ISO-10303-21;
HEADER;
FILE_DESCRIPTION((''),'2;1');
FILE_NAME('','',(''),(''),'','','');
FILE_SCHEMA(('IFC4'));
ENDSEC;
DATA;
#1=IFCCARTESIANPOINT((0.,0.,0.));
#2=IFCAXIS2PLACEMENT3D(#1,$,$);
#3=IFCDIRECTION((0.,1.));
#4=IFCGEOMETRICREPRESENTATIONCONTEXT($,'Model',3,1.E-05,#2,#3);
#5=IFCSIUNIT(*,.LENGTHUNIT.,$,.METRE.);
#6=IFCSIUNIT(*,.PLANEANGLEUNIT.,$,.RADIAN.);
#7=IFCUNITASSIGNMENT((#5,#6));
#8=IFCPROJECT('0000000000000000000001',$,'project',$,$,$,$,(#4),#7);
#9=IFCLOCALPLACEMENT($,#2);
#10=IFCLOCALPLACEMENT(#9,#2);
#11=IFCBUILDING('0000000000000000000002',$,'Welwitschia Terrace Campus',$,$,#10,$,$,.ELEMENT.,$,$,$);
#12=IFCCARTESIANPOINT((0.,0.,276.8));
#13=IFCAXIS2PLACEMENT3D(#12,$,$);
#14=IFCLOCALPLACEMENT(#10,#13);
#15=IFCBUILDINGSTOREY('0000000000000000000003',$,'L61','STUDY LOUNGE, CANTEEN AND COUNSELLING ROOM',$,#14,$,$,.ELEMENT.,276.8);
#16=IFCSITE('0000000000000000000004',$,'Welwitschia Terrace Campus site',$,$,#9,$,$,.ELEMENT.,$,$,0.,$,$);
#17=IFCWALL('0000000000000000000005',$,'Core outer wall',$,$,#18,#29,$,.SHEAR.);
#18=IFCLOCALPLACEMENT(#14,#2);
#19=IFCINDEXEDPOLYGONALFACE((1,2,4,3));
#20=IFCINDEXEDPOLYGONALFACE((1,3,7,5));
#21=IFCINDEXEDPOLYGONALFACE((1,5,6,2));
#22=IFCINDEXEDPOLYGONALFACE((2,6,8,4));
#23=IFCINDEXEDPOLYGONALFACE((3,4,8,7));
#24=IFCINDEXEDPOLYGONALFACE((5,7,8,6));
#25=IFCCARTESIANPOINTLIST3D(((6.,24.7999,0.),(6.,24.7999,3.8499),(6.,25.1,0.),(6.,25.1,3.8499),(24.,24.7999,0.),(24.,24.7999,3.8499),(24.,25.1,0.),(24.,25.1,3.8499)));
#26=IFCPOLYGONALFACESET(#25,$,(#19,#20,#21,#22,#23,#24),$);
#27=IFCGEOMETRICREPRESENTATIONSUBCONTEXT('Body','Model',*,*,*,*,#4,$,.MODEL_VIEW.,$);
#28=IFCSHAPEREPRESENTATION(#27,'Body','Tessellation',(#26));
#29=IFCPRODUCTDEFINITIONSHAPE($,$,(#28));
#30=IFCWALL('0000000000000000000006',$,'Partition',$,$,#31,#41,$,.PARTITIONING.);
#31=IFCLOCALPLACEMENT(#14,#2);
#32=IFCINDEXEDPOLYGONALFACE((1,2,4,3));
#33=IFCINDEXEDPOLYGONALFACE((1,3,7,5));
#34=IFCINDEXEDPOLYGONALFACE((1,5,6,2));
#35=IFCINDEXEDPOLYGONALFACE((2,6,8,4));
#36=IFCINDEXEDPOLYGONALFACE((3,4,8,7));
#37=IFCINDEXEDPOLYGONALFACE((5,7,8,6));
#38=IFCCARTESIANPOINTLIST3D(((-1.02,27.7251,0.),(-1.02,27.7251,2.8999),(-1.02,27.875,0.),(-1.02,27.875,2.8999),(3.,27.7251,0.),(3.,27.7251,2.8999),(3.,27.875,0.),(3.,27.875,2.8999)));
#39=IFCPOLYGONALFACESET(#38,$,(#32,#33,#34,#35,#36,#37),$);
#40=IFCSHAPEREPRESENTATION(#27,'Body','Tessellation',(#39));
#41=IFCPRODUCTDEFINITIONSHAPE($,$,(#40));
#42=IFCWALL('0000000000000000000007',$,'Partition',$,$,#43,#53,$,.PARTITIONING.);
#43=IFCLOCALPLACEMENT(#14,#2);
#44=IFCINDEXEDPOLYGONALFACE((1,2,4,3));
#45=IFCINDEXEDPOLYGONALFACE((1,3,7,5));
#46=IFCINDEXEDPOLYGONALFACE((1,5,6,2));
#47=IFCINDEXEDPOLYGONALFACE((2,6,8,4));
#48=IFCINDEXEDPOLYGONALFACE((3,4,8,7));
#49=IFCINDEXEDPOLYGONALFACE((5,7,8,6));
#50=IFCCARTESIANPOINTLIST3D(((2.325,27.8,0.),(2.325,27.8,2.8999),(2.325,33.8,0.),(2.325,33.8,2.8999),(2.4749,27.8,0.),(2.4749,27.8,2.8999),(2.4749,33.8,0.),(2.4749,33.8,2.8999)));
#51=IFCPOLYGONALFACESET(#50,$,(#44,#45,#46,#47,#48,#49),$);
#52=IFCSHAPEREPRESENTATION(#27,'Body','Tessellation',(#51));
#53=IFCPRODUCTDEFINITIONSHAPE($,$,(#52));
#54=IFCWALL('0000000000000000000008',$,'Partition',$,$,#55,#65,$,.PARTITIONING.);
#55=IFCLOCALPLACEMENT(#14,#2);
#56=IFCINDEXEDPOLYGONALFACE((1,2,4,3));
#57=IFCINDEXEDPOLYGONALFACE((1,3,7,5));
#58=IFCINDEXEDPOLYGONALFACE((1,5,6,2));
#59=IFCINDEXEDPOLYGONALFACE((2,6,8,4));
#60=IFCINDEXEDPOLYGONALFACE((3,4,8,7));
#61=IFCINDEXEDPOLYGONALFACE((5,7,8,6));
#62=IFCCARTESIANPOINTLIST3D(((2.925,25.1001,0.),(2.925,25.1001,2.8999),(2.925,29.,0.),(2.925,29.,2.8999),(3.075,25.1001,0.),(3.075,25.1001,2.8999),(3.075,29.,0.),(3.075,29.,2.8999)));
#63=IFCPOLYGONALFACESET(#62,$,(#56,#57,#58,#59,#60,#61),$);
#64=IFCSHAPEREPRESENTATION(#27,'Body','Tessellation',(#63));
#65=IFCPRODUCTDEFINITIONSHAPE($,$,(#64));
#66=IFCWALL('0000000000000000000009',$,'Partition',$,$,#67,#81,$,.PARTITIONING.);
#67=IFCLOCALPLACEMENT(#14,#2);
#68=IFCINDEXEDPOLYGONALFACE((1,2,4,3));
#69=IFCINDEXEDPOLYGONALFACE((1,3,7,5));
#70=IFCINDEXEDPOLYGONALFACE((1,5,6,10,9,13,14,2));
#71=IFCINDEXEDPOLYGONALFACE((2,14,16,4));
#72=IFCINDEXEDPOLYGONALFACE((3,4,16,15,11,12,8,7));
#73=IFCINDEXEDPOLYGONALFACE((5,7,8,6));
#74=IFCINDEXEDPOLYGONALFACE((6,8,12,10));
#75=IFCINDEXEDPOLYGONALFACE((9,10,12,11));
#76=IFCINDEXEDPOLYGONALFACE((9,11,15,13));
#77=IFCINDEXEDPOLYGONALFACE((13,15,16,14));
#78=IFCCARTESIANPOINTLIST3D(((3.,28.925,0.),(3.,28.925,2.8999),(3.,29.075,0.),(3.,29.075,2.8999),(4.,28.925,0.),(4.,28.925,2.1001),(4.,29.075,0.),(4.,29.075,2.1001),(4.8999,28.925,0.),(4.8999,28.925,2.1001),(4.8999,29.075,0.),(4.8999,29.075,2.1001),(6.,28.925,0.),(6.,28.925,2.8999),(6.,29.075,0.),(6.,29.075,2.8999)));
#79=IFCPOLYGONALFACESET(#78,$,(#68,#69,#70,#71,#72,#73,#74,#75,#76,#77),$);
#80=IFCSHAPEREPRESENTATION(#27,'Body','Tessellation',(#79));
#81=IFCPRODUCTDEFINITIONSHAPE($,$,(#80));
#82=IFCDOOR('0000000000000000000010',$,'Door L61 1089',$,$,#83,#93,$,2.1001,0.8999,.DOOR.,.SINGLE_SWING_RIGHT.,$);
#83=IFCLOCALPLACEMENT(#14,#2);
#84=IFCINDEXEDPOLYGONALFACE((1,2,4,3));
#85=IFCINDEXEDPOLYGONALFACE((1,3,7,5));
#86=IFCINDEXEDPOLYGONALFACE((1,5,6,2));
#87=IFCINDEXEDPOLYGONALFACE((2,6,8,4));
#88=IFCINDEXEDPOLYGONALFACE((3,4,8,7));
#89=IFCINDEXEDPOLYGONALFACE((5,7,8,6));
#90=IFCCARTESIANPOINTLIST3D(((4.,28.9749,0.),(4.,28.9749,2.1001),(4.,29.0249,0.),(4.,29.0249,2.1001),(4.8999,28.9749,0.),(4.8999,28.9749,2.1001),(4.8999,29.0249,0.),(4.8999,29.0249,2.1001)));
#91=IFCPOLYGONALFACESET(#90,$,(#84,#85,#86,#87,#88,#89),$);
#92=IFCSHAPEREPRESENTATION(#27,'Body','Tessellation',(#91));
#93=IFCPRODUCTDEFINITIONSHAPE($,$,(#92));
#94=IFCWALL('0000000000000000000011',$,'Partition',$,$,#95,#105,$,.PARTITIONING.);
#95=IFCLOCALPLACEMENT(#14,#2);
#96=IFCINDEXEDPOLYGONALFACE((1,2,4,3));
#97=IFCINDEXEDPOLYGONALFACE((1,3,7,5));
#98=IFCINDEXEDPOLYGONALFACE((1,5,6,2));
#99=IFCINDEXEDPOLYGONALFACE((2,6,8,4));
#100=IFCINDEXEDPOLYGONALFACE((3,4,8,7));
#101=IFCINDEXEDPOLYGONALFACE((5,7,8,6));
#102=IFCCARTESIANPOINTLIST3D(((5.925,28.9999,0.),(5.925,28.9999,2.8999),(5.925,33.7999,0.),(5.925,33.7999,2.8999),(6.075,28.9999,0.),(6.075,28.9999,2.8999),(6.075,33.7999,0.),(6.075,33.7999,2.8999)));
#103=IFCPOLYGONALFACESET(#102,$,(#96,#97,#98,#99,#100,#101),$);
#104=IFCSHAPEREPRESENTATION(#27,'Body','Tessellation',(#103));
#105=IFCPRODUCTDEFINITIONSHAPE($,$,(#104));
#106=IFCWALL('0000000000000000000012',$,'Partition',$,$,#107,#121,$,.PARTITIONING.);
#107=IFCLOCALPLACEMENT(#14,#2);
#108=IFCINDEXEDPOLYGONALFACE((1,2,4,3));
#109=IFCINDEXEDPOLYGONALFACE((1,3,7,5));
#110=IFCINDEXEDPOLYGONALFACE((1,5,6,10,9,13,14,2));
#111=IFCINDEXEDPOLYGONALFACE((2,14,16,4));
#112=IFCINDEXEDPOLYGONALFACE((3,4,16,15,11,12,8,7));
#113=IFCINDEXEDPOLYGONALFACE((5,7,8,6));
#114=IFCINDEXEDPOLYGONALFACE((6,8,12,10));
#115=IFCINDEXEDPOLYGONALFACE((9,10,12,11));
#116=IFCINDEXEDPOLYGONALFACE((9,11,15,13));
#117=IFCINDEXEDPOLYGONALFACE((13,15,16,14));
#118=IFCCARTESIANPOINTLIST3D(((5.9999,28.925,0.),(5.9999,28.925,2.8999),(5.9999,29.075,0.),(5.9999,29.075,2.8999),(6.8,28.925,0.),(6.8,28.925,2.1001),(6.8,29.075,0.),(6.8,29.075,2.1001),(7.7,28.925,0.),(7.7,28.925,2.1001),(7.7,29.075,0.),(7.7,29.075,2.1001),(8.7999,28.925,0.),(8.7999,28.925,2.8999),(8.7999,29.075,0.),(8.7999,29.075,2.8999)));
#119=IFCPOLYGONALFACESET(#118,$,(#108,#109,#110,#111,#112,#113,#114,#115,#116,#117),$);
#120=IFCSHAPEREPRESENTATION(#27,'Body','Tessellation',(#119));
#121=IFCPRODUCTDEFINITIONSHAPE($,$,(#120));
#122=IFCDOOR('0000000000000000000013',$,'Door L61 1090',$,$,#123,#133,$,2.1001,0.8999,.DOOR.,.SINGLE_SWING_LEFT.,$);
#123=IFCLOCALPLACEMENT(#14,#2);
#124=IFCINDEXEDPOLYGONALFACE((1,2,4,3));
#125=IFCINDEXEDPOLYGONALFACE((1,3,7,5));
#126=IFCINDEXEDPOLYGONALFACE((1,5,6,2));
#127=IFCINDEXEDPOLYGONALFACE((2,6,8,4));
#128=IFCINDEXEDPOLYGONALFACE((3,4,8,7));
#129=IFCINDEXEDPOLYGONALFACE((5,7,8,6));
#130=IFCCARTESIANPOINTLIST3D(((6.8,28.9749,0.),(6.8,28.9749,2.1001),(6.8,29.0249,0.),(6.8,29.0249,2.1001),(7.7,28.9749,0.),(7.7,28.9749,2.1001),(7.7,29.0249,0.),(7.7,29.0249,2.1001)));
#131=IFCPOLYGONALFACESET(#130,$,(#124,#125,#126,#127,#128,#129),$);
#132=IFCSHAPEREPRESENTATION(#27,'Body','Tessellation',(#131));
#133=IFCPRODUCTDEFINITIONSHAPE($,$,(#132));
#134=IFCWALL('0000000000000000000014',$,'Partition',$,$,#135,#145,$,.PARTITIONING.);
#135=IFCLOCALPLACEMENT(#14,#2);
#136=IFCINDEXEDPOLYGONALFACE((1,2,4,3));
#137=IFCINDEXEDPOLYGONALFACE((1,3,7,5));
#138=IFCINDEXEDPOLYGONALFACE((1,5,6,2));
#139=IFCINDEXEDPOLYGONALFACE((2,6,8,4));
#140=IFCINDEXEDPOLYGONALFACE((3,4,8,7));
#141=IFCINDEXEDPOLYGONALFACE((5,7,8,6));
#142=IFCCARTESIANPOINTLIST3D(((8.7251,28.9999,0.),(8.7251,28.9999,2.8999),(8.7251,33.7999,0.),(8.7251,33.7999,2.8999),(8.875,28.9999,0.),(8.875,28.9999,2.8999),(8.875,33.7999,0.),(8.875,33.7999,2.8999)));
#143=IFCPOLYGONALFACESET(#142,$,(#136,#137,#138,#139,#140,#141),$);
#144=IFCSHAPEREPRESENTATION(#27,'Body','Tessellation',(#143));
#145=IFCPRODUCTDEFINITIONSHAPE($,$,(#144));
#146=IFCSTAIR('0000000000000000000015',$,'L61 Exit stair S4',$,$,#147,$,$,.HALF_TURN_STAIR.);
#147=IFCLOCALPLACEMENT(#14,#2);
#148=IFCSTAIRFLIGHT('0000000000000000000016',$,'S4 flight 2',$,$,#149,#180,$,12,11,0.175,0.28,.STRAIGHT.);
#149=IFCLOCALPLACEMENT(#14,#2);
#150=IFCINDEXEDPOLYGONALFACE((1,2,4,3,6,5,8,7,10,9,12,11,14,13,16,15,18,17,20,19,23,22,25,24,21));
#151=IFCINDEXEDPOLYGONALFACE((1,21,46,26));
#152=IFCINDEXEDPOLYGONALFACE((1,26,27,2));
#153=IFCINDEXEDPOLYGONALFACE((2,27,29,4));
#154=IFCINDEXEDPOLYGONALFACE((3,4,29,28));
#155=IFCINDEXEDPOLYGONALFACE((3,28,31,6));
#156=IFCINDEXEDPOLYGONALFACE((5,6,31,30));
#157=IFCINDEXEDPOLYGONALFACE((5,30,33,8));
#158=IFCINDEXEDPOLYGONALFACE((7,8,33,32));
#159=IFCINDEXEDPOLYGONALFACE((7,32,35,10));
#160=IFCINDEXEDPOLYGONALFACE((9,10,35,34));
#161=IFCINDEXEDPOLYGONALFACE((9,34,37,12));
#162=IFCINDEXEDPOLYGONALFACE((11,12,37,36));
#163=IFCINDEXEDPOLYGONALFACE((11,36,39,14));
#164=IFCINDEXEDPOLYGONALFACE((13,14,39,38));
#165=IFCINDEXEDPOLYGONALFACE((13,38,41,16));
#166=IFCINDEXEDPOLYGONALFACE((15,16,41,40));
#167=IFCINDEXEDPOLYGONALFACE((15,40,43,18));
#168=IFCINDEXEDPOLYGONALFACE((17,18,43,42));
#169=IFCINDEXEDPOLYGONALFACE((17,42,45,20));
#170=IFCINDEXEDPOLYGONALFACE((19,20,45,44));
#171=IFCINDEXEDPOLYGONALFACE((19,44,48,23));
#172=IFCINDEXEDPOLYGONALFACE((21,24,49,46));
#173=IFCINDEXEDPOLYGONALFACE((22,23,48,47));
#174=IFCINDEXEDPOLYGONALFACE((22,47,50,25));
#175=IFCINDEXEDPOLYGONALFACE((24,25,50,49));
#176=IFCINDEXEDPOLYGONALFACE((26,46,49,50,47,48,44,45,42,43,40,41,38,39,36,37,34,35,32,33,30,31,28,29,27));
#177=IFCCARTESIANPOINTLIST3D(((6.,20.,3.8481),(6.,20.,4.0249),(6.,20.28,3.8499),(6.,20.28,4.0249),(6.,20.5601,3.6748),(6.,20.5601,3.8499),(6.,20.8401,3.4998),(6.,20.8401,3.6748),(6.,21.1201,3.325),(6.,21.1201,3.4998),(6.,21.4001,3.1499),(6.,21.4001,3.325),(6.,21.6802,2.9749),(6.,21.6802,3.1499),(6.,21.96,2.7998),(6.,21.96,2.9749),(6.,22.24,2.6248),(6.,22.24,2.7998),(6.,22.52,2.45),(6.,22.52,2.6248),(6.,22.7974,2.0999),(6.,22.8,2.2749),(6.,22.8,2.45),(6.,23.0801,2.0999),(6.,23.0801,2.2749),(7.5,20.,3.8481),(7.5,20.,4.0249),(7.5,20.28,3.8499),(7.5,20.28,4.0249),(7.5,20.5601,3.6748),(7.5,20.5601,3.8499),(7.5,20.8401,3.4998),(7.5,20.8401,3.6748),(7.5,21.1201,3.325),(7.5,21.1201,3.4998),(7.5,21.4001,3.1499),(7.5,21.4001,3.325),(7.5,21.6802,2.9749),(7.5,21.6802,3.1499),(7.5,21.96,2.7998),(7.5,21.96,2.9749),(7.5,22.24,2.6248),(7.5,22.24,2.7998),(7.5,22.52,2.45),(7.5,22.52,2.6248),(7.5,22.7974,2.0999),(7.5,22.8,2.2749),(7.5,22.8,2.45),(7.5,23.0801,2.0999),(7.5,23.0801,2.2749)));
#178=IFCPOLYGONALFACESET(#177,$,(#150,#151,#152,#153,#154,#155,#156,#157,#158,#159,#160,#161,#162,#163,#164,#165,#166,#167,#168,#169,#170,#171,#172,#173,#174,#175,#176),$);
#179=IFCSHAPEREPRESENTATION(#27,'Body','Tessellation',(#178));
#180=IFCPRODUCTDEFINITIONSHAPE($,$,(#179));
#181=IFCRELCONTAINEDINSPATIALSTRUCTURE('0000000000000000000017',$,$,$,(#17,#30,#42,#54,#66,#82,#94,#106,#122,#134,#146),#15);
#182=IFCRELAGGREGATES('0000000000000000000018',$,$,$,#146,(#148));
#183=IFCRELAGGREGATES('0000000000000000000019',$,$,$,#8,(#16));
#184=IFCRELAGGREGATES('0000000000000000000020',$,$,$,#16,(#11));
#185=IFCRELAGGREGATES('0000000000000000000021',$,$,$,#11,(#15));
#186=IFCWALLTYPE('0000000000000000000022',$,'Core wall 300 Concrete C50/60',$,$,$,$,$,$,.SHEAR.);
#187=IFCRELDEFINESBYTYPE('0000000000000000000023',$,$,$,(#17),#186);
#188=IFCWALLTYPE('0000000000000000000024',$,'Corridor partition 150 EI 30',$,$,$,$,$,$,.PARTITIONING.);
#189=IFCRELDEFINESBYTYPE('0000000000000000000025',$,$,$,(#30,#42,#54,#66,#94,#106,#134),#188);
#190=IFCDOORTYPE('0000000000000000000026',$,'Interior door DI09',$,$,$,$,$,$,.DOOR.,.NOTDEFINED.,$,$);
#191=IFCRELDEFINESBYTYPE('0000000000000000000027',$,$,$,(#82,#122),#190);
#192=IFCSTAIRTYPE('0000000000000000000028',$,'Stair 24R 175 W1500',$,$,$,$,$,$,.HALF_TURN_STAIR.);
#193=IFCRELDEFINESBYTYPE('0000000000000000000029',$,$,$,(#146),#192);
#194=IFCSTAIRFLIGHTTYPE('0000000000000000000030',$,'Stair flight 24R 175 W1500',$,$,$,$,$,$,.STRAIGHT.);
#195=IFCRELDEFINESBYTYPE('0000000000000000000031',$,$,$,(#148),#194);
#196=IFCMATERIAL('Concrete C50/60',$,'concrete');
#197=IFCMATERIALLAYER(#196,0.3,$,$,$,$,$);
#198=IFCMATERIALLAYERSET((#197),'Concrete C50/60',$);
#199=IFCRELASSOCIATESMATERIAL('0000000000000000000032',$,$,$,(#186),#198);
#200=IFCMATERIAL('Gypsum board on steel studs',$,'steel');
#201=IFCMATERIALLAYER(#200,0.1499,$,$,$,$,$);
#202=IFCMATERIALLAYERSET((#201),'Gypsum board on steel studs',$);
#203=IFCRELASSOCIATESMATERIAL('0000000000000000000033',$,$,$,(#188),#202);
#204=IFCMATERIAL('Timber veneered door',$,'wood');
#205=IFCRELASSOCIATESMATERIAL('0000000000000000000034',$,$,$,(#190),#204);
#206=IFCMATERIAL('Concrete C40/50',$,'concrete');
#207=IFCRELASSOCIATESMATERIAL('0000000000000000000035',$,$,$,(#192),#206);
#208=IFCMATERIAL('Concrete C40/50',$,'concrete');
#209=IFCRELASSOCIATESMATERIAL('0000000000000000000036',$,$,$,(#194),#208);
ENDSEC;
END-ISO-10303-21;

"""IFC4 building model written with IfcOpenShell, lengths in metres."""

from ifc_helpers import new_model, si_unit, direction, frame, frame_2d, origin, place, context, subcontext, project, spatial, polyline, rectangle, outline, extrude, material, layer, layer_set, type_object, element, fill, aggregate, save


model = new_model("IFC4")

# Units and contexts
model_context = context("Model", 3, precision=1e-05, world=origin(), true_north=direction((0.0, 1.0)))
body_context = subcontext(model_context, "Body", "Model", "MODEL_VIEW")
ifc_project = project(units=[si_unit("LENGTHUNIT", "METRE"), si_unit("PLANEANGLEUNIT", "RADIAN")], contexts=[model_context])

# Site, building, storey
site_placement = place(None, origin())
site = spatial("IfcSite", under=ifc_project, at=site_placement, Name="Welwitschia Terrace Campus site", CompositionType="ELEMENT", RefElevation=0.0)
building_placement = place(site_placement, origin())
building = spatial("IfcBuilding", under=site, at=building_placement, Name="Welwitschia Terrace Campus", CompositionType="ELEMENT")
storey_placement = place(building_placement, frame((0.0, 0.0, 276.8)))
storey = spatial("IfcBuildingStorey", under=building, at=storey_placement, Name="L61", Description="STUDY LOUNGE, CANTEEN AND COUNSELLING ROOM", CompositionType="ELEMENT", Elevation=276.8)

# Walls
ifc_material_1 = material(Name="Concrete C50/60", Category="concrete")
ifc_layer_1 = layer(ifc_material_1, 0.3)
ifc_layer_set_1 = layer_set([ifc_layer_1], Name="Concrete C50/60")
wall_type_1 = type_object("IfcWallType", Name="Core wall 300 Concrete C50/60", PredefinedType="SHEAR", material=ifc_layer_set_1)
wall_1_placement = place(storey_placement, frame((6.0, 24.95, 0.0), z_axis=(0.0, 0.0, 1.0), x_axis=(1.0, 0.0, 0.0)))
element("IfcWall", 1, at=wall_1_placement, inside=storey, type_object=wall_type_1, Name="Core outer wall", PredefinedType="SHEAR", context=body_context, shape_type="SweptSolid", body=[
    extrude(rectangle(XDim=18.0, YDim=0.3, at=frame_2d((9.0, 0.0))), origin(), (0.0, 0.0, 1.0), 3.8499),
])
ifc_material_2 = material(Name="Gypsum board on steel studs", Category="steel")
ifc_layer_2 = layer(ifc_material_2, 0.1499)
ifc_layer_set_2 = layer_set([ifc_layer_2], Name="Gypsum board on steel studs")
wall_type_2 = type_object("IfcWallType", Name="Corridor partition 150 EI 30", PredefinedType="PARTITIONING", material=ifc_layer_set_2)
wall_2_placement = place(storey_placement, frame((-1.02, 27.8, 0.0), z_axis=(0.0, 0.0, 1.0), x_axis=(1.0, 0.0, 0.0)))
element("IfcWall", 2, at=wall_2_placement, inside=storey, type_object=wall_type_2, Name="Partition", PredefinedType="PARTITIONING", context=body_context, shape_type="SweptSolid", body=[
    extrude(rectangle(XDim=4.02, YDim=0.1499, at=frame_2d((2.01, 0.0))), origin(), (0.0, 0.0, 1.0), 2.8999),
])
wall_3_placement = place(storey_placement, frame((2.3999, 27.8, 0.0), z_axis=(0.0, 0.0, 1.0), x_axis=(0.0, 1.0, 0.0)))
element("IfcWall", 3, at=wall_3_placement, inside=storey, type_object=wall_type_2, Name="Partition", PredefinedType="PARTITIONING", context=body_context, shape_type="SweptSolid", body=[
    extrude(rectangle(XDim=6.0, YDim=0.1499, at=frame_2d((3.0, 0.0))), origin(), (0.0, 0.0, 1.0), 2.8999),
])
wall_4_placement = place(storey_placement, frame((3.0, 25.1001, 0.0), z_axis=(0.0, 0.0, 1.0), x_axis=(0.0, 1.0, 0.0)))
element("IfcWall", 4, at=wall_4_placement, inside=storey, type_object=wall_type_2, Name="Partition", PredefinedType="PARTITIONING", context=body_context, shape_type="SweptSolid", body=[
    extrude(rectangle(XDim=3.8999, YDim=0.1499, at=frame_2d((1.95, 0.0))), origin(), (0.0, 0.0, 1.0), 2.8999),
])

# Wall, opening, door
wall_5_placement = place(storey_placement, frame((3.0, 29.0, 0.0), z_axis=(0.0, 0.0, 1.0), x_axis=(1.0, 0.0, 0.0)))
wall_5 = element("IfcWall", 5, at=wall_5_placement, inside=storey, type_object=wall_type_2, Name="Partition", PredefinedType="PARTITIONING", context=body_context, shape_type="SweptSolid", body=[
    extrude(rectangle(XDim=3.0, YDim=0.1499, at=frame_2d((1.5, 0.0))), origin(), (0.0, 0.0, 1.0), 2.8999),
])
opening_1_placement = place(wall_5_placement, frame((1.0, 0.0, 0.0)))
opening_1 = element("IfcOpeningElement", 6, at=opening_1_placement, cuts=wall_5, PredefinedType="OPENING", context=body_context, shape_type="SweptSolid", body=[
    extrude(rectangle(XDim=0.8999, YDim=2.1001, at=frame_2d((0.45, 1.05))), frame((0.0, 0.085, 0.0), z_axis=(0.0, -1.0, 0.0), x_axis=(1.0, 0.0, 0.0)), (0.0, 0.0, 1.0), 0.1699),
])
ifc_material_3 = material(Name="Timber veneered door", Category="wood")
door_type = type_object("IfcDoorType", Name="Interior door DI09", OperationType="NOTDEFINED", PredefinedType="DOOR", material=ifc_material_3)
door_1_placement = place(opening_1_placement, origin())
door_1 = element("IfcDoor", 7, at=door_1_placement, inside=storey, type_object=door_type, Name="Door L61 1089", OperationType="SINGLE_SWING_RIGHT", OverallHeight=2.1001, OverallWidth=0.8999, PredefinedType="DOOR", context=body_context, shape_type="SweptSolid", body=[
    extrude(rectangle(XDim=0.8999, YDim=2.1001, at=frame_2d((0.45, 1.05))), frame((0.0, 0.0249, 0.0), z_axis=(0.0, -1.0, 0.0), x_axis=(1.0, 0.0, 0.0)), (0.0, 0.0, 1.0), 0.05),
])
fill(opening_1, door_1)

# Wall
wall_6_placement = place(storey_placement, frame((6.0, 29.0, 0.0), z_axis=(0.0, 0.0, 1.0), x_axis=(0.0, 1.0, 0.0)))
element("IfcWall", 8, at=wall_6_placement, inside=storey, type_object=wall_type_2, Name="Partition", PredefinedType="PARTITIONING", context=body_context, shape_type="SweptSolid", body=[
    extrude(rectangle(XDim=4.8, YDim=0.1499, at=frame_2d((2.3999, 0.0))), origin(), (0.0, 0.0, 1.0), 2.8999),
])

# Wall, opening, door
wall_7_placement = place(storey_placement, frame((6.0, 29.0, 0.0), z_axis=(0.0, 0.0, 1.0), x_axis=(1.0, 0.0, 0.0)))
wall_7 = element("IfcWall", 9, at=wall_7_placement, inside=storey, type_object=wall_type_2, Name="Partition", PredefinedType="PARTITIONING", context=body_context, shape_type="SweptSolid", body=[
    extrude(rectangle(XDim=2.8, YDim=0.1499, at=frame_2d((1.3999, 0.0))), origin(), (0.0, 0.0, 1.0), 2.8999),
])
opening_2_placement = place(wall_7_placement, frame((0.8, 0.0, 0.0)))
opening_2 = element("IfcOpeningElement", 10, at=opening_2_placement, cuts=wall_7, PredefinedType="OPENING", context=body_context, shape_type="SweptSolid", body=[
    extrude(rectangle(XDim=0.8999, YDim=2.1001, at=frame_2d((0.45, 1.05))), frame((0.0, 0.085, 0.0), z_axis=(0.0, -1.0, 0.0), x_axis=(1.0, 0.0, 0.0)), (0.0, 0.0, 1.0), 0.1699),
])
door_2_placement = place(opening_2_placement, origin())
door_2 = element("IfcDoor", 11, at=door_2_placement, inside=storey, type_object=door_type, Name="Door L61 1090", OperationType="SINGLE_SWING_LEFT", OverallHeight=2.1001, OverallWidth=0.8999, PredefinedType="DOOR", context=body_context, shape_type="SweptSolid", body=[
    extrude(rectangle(XDim=0.8999, YDim=2.1001, at=frame_2d((0.45, 1.05))), frame((0.0, 0.0249, 0.0), z_axis=(0.0, -1.0, 0.0), x_axis=(1.0, 0.0, 0.0)), (0.0, 0.0, 1.0), 0.05),
])
fill(opening_2, door_2)

# Wall
wall_8_placement = place(storey_placement, frame((8.8, 29.0, 0.0), z_axis=(0.0, 0.0, 1.0), x_axis=(0.0, 1.0, 0.0)))
element("IfcWall", 12, at=wall_8_placement, inside=storey, type_object=wall_type_2, Name="Partition", PredefinedType="PARTITIONING", context=body_context, shape_type="SweptSolid", body=[
    extrude(rectangle(XDim=4.8, YDim=0.1499, at=frame_2d((2.3999, 0.0))), origin(), (0.0, 0.0, 1.0), 2.8999),
])

# Stair, stair flight
ifc_material_4 = material(Name="Concrete C40/50", Category="concrete")
stair_type = type_object("IfcStairType", Name="Stair 24R 175 W1500", PredefinedType="HALF_TURN_STAIR", material=ifc_material_4)
stair_placement = place(storey_placement, origin())
stair = element("IfcStair", 13, at=stair_placement, inside=storey, type_object=stair_type, Name="L61 Exit stair S4", PredefinedType="HALF_TURN_STAIR")
ifc_material_5 = material(Name="Concrete C40/50", Category="concrete")
stair_flight_type = type_object("IfcStairFlightType", Name="Stair flight 24R 175 W1500", PredefinedType="STRAIGHT", material=ifc_material_5)
stair_flight_placement = place(storey_placement, frame((6.75, 23.0801, 2.0999), z_axis=(0.0, 0.0, 1.0), x_axis=(0.0, -1.0, 0.0)))
stair_flight = element("IfcStairFlight", 14, at=stair_flight_placement, type_object=stair_flight_type, Name="S4 flight 2", NumberOfRisers=12, NumberOfTreads=11, PredefinedType="STRAIGHT", RiserHeight=0.175, TreadLength=0.28, context=body_context, shape_type="SweptSolid", body=[
    extrude(outline(polyline([(0.0, 0.0), (0.0, 0.175), (0.28, 0.175), (0.28, 0.3501), (0.5601, 0.3501), (0.5601, 0.5249), (0.8401, 0.5249), (0.8401, 0.7), (1.1201, 0.7), (1.1201, 0.875), (1.3999, 0.875), (1.3999, 1.05), (1.6799, 1.05), (1.6799, 1.2251), (1.96, 1.2251), (1.96, 1.3999), (2.24, 1.3999), (2.24, 1.575), (2.52, 1.575), (2.52, 1.75), (2.8, 1.75), (2.8, 1.925), (3.0801, 1.925), (3.0801, 2.1001), (3.0801, 1.7483), (0.2827, 0.0), (0.0, 0.0)])), frame((0.0, 0.75, 0.0), z_axis=(0.0, -1.0, 0.0), x_axis=(1.0, 0.0, 0.0)), (0.0, 0.0, 1.0), 1.5),
])
aggregate(stair, [stair_flight])

save(model, "model.ifc")
